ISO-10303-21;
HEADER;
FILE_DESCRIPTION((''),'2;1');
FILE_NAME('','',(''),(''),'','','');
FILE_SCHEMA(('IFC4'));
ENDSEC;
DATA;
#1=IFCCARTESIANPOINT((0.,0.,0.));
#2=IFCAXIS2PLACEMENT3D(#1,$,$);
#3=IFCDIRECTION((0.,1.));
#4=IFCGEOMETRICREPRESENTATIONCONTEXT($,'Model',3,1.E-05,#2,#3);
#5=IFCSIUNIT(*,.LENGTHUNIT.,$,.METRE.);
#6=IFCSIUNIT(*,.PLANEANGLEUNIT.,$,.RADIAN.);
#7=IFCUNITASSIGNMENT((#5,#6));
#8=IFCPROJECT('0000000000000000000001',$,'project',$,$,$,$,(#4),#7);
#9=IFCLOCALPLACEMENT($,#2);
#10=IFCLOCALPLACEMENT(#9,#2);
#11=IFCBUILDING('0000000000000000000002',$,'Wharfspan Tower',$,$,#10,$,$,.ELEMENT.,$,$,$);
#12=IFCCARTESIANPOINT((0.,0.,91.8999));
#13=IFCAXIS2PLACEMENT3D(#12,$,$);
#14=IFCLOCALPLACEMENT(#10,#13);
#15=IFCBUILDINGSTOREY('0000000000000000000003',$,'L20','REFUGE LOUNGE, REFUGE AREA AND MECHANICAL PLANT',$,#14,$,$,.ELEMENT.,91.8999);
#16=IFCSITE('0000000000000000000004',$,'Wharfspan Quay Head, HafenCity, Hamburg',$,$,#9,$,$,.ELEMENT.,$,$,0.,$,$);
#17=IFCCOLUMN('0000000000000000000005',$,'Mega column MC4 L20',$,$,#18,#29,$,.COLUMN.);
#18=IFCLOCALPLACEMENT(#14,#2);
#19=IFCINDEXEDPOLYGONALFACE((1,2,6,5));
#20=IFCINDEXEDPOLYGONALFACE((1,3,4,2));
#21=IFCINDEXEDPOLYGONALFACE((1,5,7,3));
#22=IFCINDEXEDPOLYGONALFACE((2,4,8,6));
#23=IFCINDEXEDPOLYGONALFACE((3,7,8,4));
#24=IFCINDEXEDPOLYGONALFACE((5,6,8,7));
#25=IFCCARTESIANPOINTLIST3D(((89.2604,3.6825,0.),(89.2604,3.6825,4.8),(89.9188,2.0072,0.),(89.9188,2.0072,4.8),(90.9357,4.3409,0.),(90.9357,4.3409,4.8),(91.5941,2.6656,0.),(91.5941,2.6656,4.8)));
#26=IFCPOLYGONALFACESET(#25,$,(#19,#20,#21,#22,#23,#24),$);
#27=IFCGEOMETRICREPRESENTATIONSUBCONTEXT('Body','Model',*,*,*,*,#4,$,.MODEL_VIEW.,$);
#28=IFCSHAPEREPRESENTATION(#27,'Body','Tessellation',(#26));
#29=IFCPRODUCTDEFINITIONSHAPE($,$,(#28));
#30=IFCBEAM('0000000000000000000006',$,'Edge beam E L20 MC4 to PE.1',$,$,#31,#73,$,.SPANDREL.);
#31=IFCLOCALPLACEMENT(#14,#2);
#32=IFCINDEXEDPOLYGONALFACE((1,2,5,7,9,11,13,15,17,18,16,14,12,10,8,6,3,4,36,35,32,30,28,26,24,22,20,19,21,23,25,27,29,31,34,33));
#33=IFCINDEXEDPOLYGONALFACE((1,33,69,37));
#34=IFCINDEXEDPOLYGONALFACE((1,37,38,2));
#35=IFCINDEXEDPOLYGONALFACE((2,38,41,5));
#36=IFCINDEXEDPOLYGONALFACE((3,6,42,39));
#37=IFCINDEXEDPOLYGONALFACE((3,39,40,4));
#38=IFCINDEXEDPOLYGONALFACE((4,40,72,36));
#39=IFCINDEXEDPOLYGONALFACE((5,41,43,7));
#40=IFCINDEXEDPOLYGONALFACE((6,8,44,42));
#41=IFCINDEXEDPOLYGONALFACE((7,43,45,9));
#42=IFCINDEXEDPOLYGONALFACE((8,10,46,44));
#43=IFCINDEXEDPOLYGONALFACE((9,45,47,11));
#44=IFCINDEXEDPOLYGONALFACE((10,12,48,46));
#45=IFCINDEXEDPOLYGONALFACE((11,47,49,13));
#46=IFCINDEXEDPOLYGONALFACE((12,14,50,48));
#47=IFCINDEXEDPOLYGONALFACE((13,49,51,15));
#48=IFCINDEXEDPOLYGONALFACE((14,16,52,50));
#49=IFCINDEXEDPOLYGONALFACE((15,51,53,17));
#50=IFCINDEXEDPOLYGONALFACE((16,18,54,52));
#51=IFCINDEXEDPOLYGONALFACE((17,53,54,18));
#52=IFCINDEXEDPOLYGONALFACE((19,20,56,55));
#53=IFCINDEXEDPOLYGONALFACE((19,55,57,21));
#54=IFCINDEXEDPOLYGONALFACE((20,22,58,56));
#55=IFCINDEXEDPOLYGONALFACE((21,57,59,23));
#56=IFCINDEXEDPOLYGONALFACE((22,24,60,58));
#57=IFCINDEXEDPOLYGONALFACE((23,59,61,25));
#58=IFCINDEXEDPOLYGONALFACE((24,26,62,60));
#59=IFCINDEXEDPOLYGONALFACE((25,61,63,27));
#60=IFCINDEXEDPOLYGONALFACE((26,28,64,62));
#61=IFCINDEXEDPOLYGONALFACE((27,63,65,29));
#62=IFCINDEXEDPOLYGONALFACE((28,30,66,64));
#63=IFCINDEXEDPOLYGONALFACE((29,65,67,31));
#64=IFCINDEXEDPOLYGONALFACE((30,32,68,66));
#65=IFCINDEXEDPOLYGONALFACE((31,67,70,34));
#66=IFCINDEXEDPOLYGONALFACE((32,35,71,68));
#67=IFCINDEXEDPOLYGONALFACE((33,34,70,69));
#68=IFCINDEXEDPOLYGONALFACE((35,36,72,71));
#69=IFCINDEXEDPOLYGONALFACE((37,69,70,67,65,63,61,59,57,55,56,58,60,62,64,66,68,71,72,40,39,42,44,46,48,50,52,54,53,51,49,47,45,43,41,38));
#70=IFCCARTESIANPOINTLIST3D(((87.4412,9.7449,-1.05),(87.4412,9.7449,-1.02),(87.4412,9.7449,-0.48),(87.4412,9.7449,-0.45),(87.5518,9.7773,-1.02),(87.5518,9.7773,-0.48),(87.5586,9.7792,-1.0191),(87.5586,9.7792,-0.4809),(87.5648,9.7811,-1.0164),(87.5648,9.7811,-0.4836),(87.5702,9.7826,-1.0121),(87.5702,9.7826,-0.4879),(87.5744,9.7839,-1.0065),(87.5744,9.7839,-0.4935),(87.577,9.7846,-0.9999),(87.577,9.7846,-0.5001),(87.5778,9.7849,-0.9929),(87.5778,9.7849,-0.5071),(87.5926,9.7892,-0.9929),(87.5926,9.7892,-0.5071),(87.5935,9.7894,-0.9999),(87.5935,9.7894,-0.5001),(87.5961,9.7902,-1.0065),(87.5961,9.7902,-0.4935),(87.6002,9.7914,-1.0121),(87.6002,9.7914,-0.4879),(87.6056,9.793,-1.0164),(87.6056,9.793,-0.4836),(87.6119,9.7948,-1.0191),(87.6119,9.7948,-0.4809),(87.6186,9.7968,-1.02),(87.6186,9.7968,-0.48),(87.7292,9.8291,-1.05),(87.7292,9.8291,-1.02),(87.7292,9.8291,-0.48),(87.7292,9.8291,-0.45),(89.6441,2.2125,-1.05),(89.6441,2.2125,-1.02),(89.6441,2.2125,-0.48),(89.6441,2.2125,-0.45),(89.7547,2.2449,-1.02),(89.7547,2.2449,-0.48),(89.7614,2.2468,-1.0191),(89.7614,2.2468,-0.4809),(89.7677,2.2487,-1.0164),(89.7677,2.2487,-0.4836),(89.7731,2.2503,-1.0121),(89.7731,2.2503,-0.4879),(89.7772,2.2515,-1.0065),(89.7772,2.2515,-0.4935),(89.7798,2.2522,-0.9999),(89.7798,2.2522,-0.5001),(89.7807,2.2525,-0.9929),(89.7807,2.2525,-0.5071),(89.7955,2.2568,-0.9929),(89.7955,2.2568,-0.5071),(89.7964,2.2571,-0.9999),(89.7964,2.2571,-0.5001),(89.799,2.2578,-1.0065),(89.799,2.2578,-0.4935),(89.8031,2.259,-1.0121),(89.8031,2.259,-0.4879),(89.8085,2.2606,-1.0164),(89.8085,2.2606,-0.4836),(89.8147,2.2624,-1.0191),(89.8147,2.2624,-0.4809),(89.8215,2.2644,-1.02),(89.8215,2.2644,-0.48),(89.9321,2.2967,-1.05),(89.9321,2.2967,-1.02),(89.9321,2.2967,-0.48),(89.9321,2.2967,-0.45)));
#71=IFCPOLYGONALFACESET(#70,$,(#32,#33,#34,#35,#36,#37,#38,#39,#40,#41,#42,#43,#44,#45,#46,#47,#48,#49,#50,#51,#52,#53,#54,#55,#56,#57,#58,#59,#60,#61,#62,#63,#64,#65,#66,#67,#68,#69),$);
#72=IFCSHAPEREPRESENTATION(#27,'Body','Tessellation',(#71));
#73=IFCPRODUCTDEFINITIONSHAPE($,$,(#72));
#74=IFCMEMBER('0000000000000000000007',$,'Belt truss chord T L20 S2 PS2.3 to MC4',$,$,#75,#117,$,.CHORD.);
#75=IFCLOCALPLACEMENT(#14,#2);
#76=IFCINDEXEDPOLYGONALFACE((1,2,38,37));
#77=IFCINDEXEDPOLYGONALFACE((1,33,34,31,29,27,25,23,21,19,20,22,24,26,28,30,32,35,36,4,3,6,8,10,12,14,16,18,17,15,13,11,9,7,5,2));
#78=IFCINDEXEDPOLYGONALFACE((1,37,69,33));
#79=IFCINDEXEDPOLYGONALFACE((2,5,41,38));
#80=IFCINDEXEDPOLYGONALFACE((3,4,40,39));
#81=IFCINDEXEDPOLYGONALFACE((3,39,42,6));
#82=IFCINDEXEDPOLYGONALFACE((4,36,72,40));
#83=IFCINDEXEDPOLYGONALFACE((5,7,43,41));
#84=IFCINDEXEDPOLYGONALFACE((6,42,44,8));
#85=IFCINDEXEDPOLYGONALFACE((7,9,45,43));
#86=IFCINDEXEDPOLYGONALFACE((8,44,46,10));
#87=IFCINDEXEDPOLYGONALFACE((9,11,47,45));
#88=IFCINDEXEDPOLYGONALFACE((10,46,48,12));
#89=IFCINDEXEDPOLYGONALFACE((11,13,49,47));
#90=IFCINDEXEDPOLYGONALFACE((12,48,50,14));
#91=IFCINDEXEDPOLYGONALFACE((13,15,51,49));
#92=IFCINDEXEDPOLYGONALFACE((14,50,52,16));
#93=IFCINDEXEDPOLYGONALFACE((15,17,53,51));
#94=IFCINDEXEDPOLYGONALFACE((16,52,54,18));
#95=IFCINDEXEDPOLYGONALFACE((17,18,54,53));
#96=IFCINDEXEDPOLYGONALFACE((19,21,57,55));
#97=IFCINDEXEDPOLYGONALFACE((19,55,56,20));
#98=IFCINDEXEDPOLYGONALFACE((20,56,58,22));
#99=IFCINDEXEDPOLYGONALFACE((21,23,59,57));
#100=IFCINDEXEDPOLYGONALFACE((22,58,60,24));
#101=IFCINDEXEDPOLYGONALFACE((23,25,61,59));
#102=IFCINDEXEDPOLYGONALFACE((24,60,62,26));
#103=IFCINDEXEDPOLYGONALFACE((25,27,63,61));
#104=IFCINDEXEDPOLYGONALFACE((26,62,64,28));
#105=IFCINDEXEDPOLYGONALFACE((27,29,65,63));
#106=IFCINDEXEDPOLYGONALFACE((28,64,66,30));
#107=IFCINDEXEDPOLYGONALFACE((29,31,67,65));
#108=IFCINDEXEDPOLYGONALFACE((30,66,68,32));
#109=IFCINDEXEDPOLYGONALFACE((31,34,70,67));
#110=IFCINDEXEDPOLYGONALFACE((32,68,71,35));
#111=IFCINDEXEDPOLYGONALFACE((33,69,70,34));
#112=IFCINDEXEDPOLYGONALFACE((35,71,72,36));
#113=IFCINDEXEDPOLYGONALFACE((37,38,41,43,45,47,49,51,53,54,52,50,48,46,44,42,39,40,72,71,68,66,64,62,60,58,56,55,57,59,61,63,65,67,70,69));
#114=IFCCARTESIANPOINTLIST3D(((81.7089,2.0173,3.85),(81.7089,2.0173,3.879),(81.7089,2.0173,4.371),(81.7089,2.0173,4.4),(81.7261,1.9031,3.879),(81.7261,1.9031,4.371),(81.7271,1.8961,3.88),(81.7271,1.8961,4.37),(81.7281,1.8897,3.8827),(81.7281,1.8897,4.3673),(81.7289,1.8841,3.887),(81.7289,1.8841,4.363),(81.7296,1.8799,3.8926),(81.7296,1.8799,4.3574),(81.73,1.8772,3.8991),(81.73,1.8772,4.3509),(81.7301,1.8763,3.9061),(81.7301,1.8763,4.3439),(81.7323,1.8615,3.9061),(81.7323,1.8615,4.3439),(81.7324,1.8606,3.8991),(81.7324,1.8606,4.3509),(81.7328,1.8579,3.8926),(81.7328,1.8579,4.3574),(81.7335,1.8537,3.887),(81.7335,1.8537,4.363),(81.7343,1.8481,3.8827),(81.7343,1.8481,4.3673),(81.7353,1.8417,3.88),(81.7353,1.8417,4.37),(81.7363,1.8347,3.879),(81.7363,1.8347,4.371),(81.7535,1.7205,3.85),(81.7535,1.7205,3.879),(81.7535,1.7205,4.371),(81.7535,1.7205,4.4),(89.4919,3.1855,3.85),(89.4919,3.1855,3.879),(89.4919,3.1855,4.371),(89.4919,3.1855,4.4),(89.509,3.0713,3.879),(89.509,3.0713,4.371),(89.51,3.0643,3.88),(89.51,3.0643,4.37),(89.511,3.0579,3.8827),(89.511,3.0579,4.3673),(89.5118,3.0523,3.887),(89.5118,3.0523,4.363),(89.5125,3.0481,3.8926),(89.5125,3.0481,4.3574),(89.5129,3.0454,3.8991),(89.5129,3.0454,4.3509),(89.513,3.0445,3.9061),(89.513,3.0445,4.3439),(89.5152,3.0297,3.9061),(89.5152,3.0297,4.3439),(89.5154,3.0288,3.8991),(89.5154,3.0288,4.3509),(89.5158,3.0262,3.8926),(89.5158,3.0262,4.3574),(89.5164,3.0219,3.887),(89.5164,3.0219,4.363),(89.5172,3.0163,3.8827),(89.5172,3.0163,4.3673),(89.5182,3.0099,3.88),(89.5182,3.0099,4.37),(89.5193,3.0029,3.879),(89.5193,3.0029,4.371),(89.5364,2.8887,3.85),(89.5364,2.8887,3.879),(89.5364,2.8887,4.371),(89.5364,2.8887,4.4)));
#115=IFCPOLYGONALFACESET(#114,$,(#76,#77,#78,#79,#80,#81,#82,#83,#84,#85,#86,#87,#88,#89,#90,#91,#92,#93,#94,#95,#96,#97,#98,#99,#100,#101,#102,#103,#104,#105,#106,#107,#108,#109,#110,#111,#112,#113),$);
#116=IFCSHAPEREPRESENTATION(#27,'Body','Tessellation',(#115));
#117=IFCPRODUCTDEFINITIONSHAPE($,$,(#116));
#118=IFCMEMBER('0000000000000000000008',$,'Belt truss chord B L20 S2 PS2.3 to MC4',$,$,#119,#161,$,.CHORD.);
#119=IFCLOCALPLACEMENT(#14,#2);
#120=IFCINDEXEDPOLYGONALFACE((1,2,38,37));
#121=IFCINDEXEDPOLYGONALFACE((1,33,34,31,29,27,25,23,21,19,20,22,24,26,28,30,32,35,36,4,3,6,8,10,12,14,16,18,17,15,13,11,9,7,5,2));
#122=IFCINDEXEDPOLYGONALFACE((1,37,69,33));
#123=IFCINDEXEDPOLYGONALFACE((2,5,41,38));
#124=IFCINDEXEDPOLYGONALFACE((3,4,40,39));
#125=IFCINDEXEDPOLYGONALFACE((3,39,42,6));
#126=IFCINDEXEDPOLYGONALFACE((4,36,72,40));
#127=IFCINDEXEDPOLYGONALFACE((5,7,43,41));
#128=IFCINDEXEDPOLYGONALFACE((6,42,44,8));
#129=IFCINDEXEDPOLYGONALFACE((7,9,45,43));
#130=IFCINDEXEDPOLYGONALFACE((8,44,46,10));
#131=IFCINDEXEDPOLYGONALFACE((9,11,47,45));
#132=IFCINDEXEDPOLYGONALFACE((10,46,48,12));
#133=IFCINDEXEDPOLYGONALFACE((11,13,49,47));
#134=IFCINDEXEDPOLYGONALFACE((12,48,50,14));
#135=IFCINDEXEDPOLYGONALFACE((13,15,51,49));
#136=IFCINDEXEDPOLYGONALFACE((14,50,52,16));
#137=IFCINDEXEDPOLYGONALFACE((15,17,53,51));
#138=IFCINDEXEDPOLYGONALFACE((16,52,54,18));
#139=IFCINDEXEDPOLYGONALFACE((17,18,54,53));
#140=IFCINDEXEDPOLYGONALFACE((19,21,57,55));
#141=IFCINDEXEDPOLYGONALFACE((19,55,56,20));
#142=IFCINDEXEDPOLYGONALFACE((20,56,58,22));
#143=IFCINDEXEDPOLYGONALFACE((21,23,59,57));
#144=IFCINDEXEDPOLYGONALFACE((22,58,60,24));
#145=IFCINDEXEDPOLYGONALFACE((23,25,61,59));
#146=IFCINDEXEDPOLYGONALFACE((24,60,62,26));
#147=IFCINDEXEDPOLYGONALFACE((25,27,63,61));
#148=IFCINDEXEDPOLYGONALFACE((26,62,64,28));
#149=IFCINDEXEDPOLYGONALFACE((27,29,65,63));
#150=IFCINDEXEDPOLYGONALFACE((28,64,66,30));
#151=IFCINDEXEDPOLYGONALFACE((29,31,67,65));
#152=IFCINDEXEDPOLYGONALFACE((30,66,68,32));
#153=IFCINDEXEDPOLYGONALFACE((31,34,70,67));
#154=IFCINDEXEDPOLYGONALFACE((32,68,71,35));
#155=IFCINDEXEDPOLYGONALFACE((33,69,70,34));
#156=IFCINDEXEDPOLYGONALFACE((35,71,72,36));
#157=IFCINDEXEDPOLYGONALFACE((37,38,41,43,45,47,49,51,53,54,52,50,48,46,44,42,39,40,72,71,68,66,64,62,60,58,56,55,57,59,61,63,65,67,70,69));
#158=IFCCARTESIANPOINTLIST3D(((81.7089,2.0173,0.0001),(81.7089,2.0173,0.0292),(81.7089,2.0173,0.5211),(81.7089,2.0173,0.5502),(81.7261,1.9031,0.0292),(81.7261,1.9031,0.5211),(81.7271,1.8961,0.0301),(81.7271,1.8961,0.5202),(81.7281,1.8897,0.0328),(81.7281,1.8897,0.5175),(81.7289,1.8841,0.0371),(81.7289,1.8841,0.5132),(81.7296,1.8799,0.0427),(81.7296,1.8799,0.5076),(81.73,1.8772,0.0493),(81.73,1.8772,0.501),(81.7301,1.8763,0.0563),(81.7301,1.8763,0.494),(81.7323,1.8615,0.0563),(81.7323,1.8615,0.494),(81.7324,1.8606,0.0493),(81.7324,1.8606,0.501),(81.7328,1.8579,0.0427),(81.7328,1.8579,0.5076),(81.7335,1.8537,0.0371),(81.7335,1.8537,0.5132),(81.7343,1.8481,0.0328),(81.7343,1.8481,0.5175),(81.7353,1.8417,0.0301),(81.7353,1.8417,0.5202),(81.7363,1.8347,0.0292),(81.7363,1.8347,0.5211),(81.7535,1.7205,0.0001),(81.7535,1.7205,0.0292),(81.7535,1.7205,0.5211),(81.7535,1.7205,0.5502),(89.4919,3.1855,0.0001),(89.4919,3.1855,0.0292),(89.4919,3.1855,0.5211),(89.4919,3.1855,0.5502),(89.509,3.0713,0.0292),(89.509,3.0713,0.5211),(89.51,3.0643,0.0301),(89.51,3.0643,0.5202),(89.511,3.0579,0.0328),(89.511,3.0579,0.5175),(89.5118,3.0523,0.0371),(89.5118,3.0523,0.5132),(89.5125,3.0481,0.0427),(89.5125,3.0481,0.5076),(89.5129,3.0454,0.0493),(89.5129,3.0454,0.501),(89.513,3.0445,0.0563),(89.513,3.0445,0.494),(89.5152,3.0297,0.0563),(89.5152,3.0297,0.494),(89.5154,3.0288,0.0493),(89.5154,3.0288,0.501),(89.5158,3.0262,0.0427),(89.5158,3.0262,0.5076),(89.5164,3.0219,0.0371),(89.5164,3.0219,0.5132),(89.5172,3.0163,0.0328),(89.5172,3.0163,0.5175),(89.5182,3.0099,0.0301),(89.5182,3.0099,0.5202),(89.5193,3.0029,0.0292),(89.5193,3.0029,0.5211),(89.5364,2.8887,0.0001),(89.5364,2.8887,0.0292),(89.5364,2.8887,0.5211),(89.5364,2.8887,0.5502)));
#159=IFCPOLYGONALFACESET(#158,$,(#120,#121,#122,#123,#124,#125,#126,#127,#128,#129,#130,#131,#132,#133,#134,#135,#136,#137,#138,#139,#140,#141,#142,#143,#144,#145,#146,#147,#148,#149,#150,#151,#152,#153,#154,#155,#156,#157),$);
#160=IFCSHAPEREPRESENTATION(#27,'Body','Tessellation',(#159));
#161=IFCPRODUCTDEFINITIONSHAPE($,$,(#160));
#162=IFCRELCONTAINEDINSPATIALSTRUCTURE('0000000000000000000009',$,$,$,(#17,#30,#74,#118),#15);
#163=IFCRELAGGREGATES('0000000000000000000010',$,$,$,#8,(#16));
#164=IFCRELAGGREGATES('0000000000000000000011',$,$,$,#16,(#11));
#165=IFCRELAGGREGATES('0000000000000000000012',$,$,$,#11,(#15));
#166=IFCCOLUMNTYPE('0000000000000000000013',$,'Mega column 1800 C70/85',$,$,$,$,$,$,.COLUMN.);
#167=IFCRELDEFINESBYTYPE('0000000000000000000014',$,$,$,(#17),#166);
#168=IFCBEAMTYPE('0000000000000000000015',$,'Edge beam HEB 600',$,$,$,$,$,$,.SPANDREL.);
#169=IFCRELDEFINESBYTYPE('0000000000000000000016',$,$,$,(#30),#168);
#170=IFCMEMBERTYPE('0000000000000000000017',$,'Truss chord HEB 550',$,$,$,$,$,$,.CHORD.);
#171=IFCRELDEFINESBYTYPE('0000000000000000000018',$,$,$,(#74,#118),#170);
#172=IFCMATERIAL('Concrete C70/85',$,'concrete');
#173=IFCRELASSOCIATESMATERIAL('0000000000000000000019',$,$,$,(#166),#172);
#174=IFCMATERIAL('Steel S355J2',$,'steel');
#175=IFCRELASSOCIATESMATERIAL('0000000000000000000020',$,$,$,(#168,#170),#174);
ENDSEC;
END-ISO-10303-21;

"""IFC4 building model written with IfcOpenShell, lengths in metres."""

from ifc_helpers import new_model, si_unit, direction, frame, origin, origin_2d, place, context, subcontext, project, spatial, rectangle, i_section, extrude, material, material_profile, profile_set, type_object, element, save


model = new_model("IFC4")

# Units and contexts
model_context = context("Model", 3, precision=1e-05, world=origin(), true_north=direction((0.0, 1.0)))
body_context = subcontext(model_context, "Body", "Model", "MODEL_VIEW")
ifc_project = project(units=[si_unit("LENGTHUNIT", "METRE"), si_unit("PLANEANGLEUNIT", "RADIAN")], contexts=[model_context])

# Site, building, storey
site_placement = place(None, origin())
site = spatial("IfcSite", under=ifc_project, at=site_placement, Name="Wharfspan Quay Head, HafenCity, Hamburg", CompositionType="ELEMENT", RefElevation=0.0)
building_placement = place(site_placement, origin())
building = spatial("IfcBuilding", under=site, at=building_placement, Name="Wharfspan Tower", CompositionType="ELEMENT")
storey_placement = place(building_placement, frame((0.0, 0.0, 91.8999)))
storey = spatial("IfcBuildingStorey", under=building, at=storey_placement, Name="L20", Description="REFUGE LOUNGE, REFUGE AREA AND MECHANICAL PLANT", CompositionType="ELEMENT", Elevation=91.8999)

# Column
ifc_material_1 = material(Name="Concrete C70/85", Category="concrete")
ifc_material_profile_1 = material_profile(ifc_material_1, rectangle(XDim=1.8, YDim=1.8, at=origin_2d()))
ifc_profile_set_1 = profile_set([ifc_material_profile_1], Name="Concrete C70/85")
column_type = type_object("IfcColumnType", Name="Mega column 1800 C70/85", PredefinedType="COLUMN", material=ifc_profile_set_1)
column_placement = place(storey_placement, frame((90.4272, 3.1741, 0.0), z_axis=(0.0, 0.0, 1.0), x_axis=(-0.365778, 0.930702, 0.0)))
element("IfcColumn", 1, at=column_placement, inside=storey, type_object=column_type, Name="Mega column MC4 L20", PredefinedType="COLUMN", context=body_context, shape_type="SweptSolid", body=[
    extrude(rectangle(XDim=1.8, YDim=1.8, at=origin_2d()), origin(), (0.0, 0.0, 1.0), 4.8),
])

# Beam
ifc_material_2 = material(Name="Steel S355J2", Category="steel")
ifc_material_profile_2 = material_profile(ifc_material_2, i_section(OverallWidth=0.3, OverallDepth=0.6001, WebThickness=0.0154, FlangeThickness=0.03, FilletRadius=0.0271, at=origin_2d()))
ifc_profile_set_2 = profile_set([ifc_material_profile_2], Name="Steel S355J2")
beam_type = type_object("IfcBeamType", Name="Edge beam HEB 600", PredefinedType="SPANDREL", material=ifc_profile_set_2)
beam_placement = place(storey_placement, frame((89.7881, 2.2546, -0.75), z_axis=(-0.280694, 0.959797, 0.0), x_axis=(-0.959797, -0.280694, 0.0)))
element("IfcBeam", 2, at=beam_placement, inside=storey, type_object=beam_type, Name="Edge beam E L20 MC4 to PE.1", PredefinedType="SPANDREL", context=body_context, shape_type="SweptSolid", body=[
    extrude(i_section(OverallWidth=0.3, OverallDepth=0.6001, WebThickness=0.0154, FlangeThickness=0.03, FilletRadius=0.0271, at=origin_2d()), origin(), (0.0, 0.0, 1.0), 7.8479),
])

# Members
ifc_material_profile_3 = material_profile(ifc_material_2, i_section(OverallWidth=0.3, OverallDepth=0.55, WebThickness=0.0149, FlangeThickness=0.0291, FilletRadius=0.0271, at=origin_2d()))
ifc_profile_set_3 = profile_set([ifc_material_profile_3], Name="Steel S355J2")
member_type_1 = type_object("IfcMemberType", Name="Truss chord HEB 550", PredefinedType="CHORD", material=ifc_profile_set_3)
for number, where, z_axis, x_axis, name in (
    (3, (81.7312, 1.8689, 4.125), (0.988922, 0.148436, 0.0), (-0.148436, 0.988922, 0.0), "Belt truss chord T L20 S2 PS2.3 to MC4"),
    (4, (81.7312, 1.8689, 0.2751), (0.988922, 0.148436, 0.0), (-0.148436, 0.988922, 0.0), "Belt truss chord B L20 S2 PS2.3 to MC4"),
):
    element("IfcMember", number, at=place(storey_placement, frame(where, z_axis=z_axis, x_axis=x_axis)), inside=storey, type_object=member_type_1, Name=name, PredefinedType="CHORD", context=body_context, shape_type="SweptSolid", body=[
        extrude(i_section(OverallWidth=0.3, OverallDepth=0.55, WebThickness=0.0149, FlangeThickness=0.0291, FilletRadius=0.0271, at=origin_2d()), origin(), (0.0, 0.0, 1.0), 7.8701),
    ])

save(model, "model.ifc")
